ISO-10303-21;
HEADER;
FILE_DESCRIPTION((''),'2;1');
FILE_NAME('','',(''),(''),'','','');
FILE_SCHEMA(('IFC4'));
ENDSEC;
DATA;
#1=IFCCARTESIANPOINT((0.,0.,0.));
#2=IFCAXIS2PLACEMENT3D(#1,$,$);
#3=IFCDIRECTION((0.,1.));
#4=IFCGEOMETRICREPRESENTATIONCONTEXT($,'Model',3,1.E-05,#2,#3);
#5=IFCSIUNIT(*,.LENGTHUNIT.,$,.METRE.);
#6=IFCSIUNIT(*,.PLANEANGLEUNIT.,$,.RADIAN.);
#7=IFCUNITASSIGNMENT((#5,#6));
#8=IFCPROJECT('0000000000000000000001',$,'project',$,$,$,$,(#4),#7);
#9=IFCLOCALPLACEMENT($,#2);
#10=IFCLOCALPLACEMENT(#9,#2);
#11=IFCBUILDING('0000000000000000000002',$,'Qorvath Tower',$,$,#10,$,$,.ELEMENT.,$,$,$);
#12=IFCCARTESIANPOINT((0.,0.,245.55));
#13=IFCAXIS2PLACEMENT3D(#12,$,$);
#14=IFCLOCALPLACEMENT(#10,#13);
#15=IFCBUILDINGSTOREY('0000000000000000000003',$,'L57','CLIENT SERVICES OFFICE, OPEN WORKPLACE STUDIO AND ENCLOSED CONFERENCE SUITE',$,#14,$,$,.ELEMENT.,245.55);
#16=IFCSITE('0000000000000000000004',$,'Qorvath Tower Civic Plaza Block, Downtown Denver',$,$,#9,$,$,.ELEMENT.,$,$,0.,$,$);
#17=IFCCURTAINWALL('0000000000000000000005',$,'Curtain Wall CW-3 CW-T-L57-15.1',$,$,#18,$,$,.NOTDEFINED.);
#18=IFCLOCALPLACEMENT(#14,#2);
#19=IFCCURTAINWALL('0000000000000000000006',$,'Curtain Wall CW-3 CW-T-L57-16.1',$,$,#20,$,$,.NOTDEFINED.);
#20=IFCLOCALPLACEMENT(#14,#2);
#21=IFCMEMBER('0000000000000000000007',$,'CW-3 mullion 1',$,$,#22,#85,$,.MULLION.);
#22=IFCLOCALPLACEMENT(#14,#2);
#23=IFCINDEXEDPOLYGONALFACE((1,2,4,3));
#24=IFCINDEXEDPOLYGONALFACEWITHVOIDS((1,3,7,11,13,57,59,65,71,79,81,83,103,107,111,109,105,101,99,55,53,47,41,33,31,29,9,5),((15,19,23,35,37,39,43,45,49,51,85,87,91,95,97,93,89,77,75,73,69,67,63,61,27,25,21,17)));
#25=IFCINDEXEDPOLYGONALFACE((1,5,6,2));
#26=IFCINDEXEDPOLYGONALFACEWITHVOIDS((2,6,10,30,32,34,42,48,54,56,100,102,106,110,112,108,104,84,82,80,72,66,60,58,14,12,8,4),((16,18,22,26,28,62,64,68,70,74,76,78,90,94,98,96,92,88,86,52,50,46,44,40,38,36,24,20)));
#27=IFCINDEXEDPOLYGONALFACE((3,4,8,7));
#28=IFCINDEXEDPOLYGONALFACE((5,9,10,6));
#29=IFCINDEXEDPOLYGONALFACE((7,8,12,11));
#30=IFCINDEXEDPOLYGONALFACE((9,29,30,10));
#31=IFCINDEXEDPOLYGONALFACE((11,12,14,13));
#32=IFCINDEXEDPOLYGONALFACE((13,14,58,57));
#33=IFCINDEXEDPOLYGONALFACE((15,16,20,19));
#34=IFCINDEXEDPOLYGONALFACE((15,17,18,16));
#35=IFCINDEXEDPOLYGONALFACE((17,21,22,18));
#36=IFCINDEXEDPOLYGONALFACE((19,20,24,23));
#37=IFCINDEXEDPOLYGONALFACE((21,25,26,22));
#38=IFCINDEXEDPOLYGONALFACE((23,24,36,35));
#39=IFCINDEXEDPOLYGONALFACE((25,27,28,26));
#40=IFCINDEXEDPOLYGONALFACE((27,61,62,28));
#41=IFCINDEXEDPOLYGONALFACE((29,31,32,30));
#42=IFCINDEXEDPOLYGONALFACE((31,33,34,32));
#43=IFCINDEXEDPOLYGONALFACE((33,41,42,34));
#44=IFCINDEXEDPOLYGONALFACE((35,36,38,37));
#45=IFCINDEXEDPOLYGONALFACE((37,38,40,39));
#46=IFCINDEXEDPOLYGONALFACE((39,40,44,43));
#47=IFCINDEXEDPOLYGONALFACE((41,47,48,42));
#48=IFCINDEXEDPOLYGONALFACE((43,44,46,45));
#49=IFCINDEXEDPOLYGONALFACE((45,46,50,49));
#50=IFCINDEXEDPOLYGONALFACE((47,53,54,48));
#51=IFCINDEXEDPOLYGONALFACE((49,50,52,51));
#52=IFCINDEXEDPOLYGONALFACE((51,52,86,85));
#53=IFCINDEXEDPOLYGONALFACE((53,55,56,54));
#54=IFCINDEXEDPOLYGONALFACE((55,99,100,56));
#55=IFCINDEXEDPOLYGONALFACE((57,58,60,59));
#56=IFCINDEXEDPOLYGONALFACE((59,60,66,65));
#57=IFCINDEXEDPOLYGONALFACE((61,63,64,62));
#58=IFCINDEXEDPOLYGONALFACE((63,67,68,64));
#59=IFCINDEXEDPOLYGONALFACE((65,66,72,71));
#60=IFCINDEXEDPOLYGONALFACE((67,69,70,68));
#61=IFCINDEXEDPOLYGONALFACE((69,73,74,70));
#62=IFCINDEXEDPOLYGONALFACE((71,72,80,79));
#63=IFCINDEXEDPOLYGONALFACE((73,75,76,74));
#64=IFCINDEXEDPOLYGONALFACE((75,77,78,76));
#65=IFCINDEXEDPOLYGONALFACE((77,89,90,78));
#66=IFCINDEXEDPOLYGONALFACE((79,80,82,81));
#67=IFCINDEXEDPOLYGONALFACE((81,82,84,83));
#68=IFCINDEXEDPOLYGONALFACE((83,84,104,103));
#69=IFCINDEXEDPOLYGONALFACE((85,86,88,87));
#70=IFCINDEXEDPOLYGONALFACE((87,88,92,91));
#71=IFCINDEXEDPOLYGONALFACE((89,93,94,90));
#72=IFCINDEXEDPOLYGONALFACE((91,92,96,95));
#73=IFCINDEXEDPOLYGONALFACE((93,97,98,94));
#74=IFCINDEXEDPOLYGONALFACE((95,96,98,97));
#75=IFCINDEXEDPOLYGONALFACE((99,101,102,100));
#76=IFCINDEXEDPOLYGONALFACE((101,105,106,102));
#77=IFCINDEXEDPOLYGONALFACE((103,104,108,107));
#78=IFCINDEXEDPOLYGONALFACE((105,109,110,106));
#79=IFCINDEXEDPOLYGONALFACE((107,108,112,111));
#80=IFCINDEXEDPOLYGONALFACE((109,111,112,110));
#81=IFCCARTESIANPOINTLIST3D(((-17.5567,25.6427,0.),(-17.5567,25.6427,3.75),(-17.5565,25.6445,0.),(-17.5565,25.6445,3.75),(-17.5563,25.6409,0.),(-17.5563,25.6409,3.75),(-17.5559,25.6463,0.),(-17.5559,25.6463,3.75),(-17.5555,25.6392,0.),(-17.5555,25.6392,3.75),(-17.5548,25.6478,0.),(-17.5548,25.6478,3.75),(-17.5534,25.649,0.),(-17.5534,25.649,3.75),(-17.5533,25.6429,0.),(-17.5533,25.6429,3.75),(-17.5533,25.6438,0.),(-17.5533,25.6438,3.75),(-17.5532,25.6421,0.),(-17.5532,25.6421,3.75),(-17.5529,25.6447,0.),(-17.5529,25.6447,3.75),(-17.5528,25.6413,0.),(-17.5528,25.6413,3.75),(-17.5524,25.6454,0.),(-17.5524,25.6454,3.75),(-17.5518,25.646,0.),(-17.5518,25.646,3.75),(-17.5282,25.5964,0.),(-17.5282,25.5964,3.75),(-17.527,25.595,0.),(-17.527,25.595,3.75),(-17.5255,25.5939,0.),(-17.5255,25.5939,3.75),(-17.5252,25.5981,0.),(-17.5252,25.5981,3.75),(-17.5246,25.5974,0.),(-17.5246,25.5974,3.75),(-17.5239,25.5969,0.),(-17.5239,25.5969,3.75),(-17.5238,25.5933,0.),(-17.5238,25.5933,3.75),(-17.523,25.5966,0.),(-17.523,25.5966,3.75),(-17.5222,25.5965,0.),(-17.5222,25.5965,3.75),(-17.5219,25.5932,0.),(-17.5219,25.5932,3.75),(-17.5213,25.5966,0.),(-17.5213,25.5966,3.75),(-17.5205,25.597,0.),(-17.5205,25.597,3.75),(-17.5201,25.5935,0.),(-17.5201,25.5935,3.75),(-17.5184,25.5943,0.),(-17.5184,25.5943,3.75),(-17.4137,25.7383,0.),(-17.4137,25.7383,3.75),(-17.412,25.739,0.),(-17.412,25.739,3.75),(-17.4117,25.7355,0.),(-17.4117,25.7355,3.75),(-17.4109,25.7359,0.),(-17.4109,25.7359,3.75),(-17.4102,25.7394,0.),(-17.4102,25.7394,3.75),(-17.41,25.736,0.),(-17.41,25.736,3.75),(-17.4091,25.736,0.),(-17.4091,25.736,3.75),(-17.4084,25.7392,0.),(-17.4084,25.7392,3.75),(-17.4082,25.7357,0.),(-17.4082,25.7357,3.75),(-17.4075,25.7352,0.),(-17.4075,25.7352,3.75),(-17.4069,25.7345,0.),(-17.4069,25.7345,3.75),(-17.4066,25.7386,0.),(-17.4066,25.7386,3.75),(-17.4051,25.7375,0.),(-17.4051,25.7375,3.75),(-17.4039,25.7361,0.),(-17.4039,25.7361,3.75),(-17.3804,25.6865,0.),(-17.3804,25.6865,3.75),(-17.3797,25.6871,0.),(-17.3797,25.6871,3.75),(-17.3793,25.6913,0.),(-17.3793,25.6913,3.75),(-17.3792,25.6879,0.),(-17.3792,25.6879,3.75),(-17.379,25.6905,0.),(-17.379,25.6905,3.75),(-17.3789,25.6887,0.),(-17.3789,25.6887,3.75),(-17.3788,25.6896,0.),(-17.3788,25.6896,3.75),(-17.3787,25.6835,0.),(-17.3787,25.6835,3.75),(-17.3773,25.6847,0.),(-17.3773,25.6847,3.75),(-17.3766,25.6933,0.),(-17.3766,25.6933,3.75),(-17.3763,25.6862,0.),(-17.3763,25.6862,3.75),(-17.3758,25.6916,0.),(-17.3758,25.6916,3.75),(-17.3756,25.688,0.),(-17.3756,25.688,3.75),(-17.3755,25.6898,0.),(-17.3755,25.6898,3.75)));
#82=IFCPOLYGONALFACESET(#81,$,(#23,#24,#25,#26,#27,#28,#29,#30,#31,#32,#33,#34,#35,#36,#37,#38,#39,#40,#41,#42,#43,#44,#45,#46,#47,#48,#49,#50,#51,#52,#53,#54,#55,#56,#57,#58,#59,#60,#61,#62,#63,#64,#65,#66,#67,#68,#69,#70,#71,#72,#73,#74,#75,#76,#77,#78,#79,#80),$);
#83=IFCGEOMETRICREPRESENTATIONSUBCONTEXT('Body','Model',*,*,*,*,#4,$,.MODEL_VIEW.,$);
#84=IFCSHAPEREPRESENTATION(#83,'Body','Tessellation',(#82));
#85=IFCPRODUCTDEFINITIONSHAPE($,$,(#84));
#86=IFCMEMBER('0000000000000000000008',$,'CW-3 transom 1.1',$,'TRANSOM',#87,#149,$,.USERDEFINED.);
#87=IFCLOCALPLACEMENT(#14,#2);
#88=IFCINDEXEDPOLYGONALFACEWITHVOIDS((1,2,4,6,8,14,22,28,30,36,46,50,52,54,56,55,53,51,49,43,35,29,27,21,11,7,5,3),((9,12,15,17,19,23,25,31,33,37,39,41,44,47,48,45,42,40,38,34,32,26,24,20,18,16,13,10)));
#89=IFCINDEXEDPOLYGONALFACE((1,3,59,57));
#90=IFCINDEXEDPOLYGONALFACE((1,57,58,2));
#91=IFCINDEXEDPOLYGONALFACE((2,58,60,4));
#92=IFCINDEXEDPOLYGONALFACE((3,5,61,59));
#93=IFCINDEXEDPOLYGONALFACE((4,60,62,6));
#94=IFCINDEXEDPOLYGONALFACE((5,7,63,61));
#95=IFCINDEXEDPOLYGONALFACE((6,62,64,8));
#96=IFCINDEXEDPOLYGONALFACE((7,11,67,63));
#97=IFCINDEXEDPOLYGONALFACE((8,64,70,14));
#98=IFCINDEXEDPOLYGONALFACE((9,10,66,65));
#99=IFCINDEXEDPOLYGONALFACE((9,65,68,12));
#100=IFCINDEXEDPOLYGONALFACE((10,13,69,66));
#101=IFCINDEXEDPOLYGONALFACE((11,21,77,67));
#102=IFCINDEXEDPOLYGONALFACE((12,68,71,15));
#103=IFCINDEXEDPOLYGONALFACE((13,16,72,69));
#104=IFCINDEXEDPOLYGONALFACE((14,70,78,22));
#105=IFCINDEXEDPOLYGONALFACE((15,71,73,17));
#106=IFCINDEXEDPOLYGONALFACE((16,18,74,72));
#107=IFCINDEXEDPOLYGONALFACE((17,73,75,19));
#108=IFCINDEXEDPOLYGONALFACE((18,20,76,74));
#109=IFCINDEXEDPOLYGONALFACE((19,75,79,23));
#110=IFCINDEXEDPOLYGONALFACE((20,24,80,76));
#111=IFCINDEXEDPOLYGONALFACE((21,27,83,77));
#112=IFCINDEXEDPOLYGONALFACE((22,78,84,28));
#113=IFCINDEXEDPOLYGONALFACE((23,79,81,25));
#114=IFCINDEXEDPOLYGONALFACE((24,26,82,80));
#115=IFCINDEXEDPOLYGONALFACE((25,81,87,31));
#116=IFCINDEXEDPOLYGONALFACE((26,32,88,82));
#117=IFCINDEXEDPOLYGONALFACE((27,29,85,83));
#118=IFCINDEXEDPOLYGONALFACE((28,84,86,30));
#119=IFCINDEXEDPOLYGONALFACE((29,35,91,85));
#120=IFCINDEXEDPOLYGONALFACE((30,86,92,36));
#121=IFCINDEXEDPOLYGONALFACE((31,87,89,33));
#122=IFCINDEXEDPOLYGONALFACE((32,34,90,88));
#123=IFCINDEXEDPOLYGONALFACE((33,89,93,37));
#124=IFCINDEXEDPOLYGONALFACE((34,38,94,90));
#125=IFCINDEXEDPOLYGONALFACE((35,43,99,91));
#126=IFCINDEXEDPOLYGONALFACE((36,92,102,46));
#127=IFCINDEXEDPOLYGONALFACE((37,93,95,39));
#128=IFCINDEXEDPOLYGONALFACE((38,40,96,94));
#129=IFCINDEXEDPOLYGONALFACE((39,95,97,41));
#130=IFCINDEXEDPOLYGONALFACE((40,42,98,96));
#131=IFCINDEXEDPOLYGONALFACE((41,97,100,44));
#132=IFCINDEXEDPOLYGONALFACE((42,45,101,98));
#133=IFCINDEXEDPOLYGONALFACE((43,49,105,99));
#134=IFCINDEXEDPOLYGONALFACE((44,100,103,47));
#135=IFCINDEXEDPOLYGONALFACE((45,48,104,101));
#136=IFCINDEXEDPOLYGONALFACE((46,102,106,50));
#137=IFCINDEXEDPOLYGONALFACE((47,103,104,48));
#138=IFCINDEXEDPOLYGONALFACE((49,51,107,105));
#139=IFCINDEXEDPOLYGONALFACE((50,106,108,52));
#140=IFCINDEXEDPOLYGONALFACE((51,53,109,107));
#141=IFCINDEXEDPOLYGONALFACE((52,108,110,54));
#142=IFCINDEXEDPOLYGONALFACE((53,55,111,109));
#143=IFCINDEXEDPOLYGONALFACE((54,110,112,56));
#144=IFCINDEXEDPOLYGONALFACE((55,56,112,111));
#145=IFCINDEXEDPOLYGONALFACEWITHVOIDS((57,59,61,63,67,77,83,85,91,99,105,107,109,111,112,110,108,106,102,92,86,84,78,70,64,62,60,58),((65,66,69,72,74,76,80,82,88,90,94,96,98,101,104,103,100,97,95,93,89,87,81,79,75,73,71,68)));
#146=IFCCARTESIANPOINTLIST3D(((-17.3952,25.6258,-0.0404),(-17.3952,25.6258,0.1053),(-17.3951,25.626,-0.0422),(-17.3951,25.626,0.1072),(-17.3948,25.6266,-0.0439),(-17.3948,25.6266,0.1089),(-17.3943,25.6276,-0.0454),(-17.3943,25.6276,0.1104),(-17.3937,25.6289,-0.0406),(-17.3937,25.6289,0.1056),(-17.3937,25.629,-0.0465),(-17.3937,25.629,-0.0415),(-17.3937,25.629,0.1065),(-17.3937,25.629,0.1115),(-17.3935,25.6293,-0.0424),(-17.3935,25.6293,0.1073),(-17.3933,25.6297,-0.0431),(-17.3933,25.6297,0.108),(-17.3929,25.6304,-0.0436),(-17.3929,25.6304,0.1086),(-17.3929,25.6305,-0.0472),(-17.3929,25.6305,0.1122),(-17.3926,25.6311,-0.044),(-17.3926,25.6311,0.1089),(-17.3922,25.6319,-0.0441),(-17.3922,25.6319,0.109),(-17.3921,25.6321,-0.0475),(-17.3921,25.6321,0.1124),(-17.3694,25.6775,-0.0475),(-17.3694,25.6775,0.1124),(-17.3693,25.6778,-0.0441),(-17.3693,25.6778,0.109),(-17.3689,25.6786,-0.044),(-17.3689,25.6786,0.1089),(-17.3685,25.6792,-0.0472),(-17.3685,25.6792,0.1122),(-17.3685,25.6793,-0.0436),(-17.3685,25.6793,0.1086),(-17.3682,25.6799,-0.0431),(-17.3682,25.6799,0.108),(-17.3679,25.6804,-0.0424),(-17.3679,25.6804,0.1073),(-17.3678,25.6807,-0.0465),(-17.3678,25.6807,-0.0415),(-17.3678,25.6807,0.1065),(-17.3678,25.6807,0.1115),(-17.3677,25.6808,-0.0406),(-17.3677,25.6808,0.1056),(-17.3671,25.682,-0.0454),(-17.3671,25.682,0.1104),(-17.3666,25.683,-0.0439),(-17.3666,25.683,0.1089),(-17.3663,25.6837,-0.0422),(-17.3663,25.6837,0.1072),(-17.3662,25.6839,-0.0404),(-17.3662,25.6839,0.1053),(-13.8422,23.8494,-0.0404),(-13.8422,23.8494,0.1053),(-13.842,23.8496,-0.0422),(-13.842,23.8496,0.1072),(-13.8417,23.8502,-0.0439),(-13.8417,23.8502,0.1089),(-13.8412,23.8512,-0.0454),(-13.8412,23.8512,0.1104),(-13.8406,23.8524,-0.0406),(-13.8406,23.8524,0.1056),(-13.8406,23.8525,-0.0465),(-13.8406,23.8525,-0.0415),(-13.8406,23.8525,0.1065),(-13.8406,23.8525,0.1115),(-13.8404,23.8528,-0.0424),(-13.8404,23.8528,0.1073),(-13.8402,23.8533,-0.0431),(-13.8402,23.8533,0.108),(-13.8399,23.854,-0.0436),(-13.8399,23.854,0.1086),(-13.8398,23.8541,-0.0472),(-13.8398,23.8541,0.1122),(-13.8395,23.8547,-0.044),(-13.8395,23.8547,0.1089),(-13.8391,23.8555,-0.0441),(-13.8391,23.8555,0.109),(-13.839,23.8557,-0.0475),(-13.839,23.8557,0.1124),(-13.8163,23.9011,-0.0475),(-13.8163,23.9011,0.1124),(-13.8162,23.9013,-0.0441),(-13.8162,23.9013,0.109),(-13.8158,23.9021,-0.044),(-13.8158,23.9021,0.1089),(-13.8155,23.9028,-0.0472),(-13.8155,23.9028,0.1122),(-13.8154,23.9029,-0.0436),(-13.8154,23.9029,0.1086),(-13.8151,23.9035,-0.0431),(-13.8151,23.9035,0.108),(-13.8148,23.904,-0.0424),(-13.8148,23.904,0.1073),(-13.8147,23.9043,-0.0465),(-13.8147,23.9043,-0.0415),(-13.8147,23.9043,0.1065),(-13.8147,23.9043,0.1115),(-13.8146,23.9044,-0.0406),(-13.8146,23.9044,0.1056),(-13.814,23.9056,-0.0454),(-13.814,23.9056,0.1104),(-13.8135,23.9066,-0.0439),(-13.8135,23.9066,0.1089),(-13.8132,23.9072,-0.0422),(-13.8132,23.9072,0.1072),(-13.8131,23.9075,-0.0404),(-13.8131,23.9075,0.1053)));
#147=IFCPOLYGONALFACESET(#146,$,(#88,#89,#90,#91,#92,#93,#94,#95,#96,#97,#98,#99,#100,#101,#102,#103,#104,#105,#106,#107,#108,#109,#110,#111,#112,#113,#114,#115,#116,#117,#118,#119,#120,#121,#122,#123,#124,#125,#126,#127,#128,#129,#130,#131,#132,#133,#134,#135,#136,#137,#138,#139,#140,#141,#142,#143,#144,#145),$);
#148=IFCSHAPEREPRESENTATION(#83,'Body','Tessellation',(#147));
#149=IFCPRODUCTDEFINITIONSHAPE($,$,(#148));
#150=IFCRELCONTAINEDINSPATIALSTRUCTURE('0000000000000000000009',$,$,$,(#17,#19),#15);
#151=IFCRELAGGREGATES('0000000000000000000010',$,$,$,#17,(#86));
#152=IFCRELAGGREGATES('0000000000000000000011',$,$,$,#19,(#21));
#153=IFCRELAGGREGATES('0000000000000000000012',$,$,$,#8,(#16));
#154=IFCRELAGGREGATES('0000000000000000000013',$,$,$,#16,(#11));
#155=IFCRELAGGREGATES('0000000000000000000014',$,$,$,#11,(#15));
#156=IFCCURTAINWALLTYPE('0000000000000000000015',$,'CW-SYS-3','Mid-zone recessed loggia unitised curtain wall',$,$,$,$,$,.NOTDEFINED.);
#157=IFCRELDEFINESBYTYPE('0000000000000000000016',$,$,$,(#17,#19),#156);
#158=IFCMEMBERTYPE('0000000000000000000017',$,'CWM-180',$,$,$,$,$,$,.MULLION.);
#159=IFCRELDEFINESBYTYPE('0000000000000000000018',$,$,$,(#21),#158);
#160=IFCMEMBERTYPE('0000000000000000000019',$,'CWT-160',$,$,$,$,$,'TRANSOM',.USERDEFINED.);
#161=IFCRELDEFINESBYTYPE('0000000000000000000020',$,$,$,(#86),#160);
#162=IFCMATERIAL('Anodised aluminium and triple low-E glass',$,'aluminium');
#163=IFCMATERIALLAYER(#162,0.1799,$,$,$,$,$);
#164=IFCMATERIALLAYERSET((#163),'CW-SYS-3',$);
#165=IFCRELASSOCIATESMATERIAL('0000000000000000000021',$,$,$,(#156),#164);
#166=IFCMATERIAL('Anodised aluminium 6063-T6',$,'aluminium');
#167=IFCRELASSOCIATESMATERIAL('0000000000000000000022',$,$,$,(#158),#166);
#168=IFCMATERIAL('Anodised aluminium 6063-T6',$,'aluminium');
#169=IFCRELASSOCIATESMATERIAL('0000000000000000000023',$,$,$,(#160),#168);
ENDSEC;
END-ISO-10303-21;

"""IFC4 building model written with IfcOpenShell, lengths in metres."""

from ifc_helpers import new_model, si_unit, direction, frame, origin, origin_2d, place, context, subcontext, project, spatial, hollow_rectangle, extrude, material, layer, layer_set, material_profile, profile_set, type_object, element, aggregate, save


model = new_model("IFC4")

# Units and contexts
model_context = context("Model", 3, precision=1e-05, world=origin(), true_north=direction((0.0, 1.0)))
body_context = subcontext(model_context, "Body", "Model", "MODEL_VIEW")
ifc_project = project(units=[si_unit("LENGTHUNIT", "METRE"), si_unit("PLANEANGLEUNIT", "RADIAN")], contexts=[model_context])

# Site, building, storey
site_placement = place(None, origin())
site = spatial("IfcSite", under=ifc_project, at=site_placement, Name="Qorvath Tower Civic Plaza Block, Downtown Denver", CompositionType="ELEMENT", RefElevation=0.0)
building_placement = place(site_placement, origin())
building = spatial("IfcBuilding", under=site, at=building_placement, Name="Qorvath Tower", CompositionType="ELEMENT")
storey_placement = place(building_placement, frame((0.0, 0.0, 245.55)))
storey = spatial("IfcBuildingStorey", under=building, at=storey_placement, Name="L57", Description="CLIENT SERVICES OFFICE, OPEN WORKPLACE STUDIO AND ENCLOSED CONFERENCE SUITE", CompositionType="ELEMENT", Elevation=245.55)

# Shared definitions
ifc_material_1 = material(Name="Anodised aluminium and triple low-E glass", Category="aluminium")
ifc_layer_1 = layer(ifc_material_1, 0.1799)
ifc_layer_set_1 = layer_set([ifc_layer_1], Name="CW-SYS-3")
curtain_wall_type = type_object("IfcCurtainWallType", Name="CW-SYS-3", Description="Mid-zone recessed loggia unitised curtain wall", PredefinedType="NOTDEFINED", material=ifc_layer_set_1)
ifc_material_2 = material(Name="Anodised aluminium 6063-T6", Category="aluminium")
ifc_material_profile_1 = material_profile(ifc_material_2, hollow_rectangle(XDim=0.0649, YDim=0.1799, WallThickness=0.0034, InnerFilletRadius=0.0034, OuterFilletRadius=0.0071, at=origin_2d()), Name="CWM 180x65")
ifc_profile_set_1 = profile_set([ifc_material_profile_1], Name="Anodised aluminium 6063-T6")
member_type_1 = type_object("IfcMemberType", Name="CWM-180", PredefinedType="MULLION", material=ifc_profile_set_1)

# Curtain wall
curtain_wall_1_placement = place(storey_placement, origin())
curtain_wall_1 = element("IfcCurtainWall", 1, at=curtain_wall_1_placement, inside=storey, type_object=curtain_wall_type, Name="Curtain Wall CW-3 CW-T-L57-15.1", PredefinedType="NOTDEFINED")

# Curtain wall, member
curtain_wall_2_placement = place(storey_placement, origin())
curtain_wall_2 = element("IfcCurtainWall", 2, at=curtain_wall_2_placement, inside=storey, type_object=curtain_wall_type, Name="Curtain Wall CW-3 CW-T-L57-16.1", PredefinedType="NOTDEFINED")
member_1_placement = place(storey_placement, frame((-17.4661, 25.6663, 0.0), z_axis=(0.0, 0.0, 1.0), x_axis=(0.538527, -0.842608, 0.0)))
member_1 = element("IfcMember", 3, at=member_1_placement, type_object=member_type_1, Name="CW-3 mullion 1", PredefinedType="MULLION", context=body_context, shape_type="SweptSolid", body=[
    extrude(hollow_rectangle(XDim=0.0649, YDim=0.1799, WallThickness=0.0034, InnerFilletRadius=0.0034, OuterFilletRadius=0.0071, at=origin_2d()), origin(), (0.0, 0.0, 1.0), 3.75),
])

# Member
ifc_material_3 = material(Name="Anodised aluminium 6063-T6", Category="aluminium")
ifc_material_profile_2 = material_profile(ifc_material_3, hollow_rectangle(XDim=0.0649, YDim=0.1599, WallThickness=0.0034, InnerFilletRadius=0.0034, OuterFilletRadius=0.0071, at=origin_2d()), Name="CWT 160x65")
ifc_profile_set_2 = profile_set([ifc_material_profile_2], Name="Anodised aluminium 6063-T6")
member_type_2 = type_object("IfcMemberType", Name="CWT-160", ElementType="TRANSOM", PredefinedType="USERDEFINED", material=ifc_profile_set_2)
member_2_placement = place(storey_placement, frame((-13.8276, 23.8784, 0.0325), z_axis=(-0.894439, 0.447189, 0.0), x_axis=(-0.447189, -0.894439, 0.0)))
member_2 = element("IfcMember", 4, at=member_2_placement, type_object=member_type_2, Name="CW-3 transom 1.1", ObjectType="TRANSOM", PredefinedType="USERDEFINED", context=body_context, shape_type="SweptSolid", body=[
    extrude(hollow_rectangle(XDim=0.0649, YDim=0.1599, WallThickness=0.0034, InnerFilletRadius=0.0034, OuterFilletRadius=0.0071, at=origin_2d()), origin(), (0.0, 0.0, 1.0), 3.9724),
])

aggregate(curtain_wall_1, [member_2])
aggregate(curtain_wall_2, [member_1])

save(model, "model.ifc")
